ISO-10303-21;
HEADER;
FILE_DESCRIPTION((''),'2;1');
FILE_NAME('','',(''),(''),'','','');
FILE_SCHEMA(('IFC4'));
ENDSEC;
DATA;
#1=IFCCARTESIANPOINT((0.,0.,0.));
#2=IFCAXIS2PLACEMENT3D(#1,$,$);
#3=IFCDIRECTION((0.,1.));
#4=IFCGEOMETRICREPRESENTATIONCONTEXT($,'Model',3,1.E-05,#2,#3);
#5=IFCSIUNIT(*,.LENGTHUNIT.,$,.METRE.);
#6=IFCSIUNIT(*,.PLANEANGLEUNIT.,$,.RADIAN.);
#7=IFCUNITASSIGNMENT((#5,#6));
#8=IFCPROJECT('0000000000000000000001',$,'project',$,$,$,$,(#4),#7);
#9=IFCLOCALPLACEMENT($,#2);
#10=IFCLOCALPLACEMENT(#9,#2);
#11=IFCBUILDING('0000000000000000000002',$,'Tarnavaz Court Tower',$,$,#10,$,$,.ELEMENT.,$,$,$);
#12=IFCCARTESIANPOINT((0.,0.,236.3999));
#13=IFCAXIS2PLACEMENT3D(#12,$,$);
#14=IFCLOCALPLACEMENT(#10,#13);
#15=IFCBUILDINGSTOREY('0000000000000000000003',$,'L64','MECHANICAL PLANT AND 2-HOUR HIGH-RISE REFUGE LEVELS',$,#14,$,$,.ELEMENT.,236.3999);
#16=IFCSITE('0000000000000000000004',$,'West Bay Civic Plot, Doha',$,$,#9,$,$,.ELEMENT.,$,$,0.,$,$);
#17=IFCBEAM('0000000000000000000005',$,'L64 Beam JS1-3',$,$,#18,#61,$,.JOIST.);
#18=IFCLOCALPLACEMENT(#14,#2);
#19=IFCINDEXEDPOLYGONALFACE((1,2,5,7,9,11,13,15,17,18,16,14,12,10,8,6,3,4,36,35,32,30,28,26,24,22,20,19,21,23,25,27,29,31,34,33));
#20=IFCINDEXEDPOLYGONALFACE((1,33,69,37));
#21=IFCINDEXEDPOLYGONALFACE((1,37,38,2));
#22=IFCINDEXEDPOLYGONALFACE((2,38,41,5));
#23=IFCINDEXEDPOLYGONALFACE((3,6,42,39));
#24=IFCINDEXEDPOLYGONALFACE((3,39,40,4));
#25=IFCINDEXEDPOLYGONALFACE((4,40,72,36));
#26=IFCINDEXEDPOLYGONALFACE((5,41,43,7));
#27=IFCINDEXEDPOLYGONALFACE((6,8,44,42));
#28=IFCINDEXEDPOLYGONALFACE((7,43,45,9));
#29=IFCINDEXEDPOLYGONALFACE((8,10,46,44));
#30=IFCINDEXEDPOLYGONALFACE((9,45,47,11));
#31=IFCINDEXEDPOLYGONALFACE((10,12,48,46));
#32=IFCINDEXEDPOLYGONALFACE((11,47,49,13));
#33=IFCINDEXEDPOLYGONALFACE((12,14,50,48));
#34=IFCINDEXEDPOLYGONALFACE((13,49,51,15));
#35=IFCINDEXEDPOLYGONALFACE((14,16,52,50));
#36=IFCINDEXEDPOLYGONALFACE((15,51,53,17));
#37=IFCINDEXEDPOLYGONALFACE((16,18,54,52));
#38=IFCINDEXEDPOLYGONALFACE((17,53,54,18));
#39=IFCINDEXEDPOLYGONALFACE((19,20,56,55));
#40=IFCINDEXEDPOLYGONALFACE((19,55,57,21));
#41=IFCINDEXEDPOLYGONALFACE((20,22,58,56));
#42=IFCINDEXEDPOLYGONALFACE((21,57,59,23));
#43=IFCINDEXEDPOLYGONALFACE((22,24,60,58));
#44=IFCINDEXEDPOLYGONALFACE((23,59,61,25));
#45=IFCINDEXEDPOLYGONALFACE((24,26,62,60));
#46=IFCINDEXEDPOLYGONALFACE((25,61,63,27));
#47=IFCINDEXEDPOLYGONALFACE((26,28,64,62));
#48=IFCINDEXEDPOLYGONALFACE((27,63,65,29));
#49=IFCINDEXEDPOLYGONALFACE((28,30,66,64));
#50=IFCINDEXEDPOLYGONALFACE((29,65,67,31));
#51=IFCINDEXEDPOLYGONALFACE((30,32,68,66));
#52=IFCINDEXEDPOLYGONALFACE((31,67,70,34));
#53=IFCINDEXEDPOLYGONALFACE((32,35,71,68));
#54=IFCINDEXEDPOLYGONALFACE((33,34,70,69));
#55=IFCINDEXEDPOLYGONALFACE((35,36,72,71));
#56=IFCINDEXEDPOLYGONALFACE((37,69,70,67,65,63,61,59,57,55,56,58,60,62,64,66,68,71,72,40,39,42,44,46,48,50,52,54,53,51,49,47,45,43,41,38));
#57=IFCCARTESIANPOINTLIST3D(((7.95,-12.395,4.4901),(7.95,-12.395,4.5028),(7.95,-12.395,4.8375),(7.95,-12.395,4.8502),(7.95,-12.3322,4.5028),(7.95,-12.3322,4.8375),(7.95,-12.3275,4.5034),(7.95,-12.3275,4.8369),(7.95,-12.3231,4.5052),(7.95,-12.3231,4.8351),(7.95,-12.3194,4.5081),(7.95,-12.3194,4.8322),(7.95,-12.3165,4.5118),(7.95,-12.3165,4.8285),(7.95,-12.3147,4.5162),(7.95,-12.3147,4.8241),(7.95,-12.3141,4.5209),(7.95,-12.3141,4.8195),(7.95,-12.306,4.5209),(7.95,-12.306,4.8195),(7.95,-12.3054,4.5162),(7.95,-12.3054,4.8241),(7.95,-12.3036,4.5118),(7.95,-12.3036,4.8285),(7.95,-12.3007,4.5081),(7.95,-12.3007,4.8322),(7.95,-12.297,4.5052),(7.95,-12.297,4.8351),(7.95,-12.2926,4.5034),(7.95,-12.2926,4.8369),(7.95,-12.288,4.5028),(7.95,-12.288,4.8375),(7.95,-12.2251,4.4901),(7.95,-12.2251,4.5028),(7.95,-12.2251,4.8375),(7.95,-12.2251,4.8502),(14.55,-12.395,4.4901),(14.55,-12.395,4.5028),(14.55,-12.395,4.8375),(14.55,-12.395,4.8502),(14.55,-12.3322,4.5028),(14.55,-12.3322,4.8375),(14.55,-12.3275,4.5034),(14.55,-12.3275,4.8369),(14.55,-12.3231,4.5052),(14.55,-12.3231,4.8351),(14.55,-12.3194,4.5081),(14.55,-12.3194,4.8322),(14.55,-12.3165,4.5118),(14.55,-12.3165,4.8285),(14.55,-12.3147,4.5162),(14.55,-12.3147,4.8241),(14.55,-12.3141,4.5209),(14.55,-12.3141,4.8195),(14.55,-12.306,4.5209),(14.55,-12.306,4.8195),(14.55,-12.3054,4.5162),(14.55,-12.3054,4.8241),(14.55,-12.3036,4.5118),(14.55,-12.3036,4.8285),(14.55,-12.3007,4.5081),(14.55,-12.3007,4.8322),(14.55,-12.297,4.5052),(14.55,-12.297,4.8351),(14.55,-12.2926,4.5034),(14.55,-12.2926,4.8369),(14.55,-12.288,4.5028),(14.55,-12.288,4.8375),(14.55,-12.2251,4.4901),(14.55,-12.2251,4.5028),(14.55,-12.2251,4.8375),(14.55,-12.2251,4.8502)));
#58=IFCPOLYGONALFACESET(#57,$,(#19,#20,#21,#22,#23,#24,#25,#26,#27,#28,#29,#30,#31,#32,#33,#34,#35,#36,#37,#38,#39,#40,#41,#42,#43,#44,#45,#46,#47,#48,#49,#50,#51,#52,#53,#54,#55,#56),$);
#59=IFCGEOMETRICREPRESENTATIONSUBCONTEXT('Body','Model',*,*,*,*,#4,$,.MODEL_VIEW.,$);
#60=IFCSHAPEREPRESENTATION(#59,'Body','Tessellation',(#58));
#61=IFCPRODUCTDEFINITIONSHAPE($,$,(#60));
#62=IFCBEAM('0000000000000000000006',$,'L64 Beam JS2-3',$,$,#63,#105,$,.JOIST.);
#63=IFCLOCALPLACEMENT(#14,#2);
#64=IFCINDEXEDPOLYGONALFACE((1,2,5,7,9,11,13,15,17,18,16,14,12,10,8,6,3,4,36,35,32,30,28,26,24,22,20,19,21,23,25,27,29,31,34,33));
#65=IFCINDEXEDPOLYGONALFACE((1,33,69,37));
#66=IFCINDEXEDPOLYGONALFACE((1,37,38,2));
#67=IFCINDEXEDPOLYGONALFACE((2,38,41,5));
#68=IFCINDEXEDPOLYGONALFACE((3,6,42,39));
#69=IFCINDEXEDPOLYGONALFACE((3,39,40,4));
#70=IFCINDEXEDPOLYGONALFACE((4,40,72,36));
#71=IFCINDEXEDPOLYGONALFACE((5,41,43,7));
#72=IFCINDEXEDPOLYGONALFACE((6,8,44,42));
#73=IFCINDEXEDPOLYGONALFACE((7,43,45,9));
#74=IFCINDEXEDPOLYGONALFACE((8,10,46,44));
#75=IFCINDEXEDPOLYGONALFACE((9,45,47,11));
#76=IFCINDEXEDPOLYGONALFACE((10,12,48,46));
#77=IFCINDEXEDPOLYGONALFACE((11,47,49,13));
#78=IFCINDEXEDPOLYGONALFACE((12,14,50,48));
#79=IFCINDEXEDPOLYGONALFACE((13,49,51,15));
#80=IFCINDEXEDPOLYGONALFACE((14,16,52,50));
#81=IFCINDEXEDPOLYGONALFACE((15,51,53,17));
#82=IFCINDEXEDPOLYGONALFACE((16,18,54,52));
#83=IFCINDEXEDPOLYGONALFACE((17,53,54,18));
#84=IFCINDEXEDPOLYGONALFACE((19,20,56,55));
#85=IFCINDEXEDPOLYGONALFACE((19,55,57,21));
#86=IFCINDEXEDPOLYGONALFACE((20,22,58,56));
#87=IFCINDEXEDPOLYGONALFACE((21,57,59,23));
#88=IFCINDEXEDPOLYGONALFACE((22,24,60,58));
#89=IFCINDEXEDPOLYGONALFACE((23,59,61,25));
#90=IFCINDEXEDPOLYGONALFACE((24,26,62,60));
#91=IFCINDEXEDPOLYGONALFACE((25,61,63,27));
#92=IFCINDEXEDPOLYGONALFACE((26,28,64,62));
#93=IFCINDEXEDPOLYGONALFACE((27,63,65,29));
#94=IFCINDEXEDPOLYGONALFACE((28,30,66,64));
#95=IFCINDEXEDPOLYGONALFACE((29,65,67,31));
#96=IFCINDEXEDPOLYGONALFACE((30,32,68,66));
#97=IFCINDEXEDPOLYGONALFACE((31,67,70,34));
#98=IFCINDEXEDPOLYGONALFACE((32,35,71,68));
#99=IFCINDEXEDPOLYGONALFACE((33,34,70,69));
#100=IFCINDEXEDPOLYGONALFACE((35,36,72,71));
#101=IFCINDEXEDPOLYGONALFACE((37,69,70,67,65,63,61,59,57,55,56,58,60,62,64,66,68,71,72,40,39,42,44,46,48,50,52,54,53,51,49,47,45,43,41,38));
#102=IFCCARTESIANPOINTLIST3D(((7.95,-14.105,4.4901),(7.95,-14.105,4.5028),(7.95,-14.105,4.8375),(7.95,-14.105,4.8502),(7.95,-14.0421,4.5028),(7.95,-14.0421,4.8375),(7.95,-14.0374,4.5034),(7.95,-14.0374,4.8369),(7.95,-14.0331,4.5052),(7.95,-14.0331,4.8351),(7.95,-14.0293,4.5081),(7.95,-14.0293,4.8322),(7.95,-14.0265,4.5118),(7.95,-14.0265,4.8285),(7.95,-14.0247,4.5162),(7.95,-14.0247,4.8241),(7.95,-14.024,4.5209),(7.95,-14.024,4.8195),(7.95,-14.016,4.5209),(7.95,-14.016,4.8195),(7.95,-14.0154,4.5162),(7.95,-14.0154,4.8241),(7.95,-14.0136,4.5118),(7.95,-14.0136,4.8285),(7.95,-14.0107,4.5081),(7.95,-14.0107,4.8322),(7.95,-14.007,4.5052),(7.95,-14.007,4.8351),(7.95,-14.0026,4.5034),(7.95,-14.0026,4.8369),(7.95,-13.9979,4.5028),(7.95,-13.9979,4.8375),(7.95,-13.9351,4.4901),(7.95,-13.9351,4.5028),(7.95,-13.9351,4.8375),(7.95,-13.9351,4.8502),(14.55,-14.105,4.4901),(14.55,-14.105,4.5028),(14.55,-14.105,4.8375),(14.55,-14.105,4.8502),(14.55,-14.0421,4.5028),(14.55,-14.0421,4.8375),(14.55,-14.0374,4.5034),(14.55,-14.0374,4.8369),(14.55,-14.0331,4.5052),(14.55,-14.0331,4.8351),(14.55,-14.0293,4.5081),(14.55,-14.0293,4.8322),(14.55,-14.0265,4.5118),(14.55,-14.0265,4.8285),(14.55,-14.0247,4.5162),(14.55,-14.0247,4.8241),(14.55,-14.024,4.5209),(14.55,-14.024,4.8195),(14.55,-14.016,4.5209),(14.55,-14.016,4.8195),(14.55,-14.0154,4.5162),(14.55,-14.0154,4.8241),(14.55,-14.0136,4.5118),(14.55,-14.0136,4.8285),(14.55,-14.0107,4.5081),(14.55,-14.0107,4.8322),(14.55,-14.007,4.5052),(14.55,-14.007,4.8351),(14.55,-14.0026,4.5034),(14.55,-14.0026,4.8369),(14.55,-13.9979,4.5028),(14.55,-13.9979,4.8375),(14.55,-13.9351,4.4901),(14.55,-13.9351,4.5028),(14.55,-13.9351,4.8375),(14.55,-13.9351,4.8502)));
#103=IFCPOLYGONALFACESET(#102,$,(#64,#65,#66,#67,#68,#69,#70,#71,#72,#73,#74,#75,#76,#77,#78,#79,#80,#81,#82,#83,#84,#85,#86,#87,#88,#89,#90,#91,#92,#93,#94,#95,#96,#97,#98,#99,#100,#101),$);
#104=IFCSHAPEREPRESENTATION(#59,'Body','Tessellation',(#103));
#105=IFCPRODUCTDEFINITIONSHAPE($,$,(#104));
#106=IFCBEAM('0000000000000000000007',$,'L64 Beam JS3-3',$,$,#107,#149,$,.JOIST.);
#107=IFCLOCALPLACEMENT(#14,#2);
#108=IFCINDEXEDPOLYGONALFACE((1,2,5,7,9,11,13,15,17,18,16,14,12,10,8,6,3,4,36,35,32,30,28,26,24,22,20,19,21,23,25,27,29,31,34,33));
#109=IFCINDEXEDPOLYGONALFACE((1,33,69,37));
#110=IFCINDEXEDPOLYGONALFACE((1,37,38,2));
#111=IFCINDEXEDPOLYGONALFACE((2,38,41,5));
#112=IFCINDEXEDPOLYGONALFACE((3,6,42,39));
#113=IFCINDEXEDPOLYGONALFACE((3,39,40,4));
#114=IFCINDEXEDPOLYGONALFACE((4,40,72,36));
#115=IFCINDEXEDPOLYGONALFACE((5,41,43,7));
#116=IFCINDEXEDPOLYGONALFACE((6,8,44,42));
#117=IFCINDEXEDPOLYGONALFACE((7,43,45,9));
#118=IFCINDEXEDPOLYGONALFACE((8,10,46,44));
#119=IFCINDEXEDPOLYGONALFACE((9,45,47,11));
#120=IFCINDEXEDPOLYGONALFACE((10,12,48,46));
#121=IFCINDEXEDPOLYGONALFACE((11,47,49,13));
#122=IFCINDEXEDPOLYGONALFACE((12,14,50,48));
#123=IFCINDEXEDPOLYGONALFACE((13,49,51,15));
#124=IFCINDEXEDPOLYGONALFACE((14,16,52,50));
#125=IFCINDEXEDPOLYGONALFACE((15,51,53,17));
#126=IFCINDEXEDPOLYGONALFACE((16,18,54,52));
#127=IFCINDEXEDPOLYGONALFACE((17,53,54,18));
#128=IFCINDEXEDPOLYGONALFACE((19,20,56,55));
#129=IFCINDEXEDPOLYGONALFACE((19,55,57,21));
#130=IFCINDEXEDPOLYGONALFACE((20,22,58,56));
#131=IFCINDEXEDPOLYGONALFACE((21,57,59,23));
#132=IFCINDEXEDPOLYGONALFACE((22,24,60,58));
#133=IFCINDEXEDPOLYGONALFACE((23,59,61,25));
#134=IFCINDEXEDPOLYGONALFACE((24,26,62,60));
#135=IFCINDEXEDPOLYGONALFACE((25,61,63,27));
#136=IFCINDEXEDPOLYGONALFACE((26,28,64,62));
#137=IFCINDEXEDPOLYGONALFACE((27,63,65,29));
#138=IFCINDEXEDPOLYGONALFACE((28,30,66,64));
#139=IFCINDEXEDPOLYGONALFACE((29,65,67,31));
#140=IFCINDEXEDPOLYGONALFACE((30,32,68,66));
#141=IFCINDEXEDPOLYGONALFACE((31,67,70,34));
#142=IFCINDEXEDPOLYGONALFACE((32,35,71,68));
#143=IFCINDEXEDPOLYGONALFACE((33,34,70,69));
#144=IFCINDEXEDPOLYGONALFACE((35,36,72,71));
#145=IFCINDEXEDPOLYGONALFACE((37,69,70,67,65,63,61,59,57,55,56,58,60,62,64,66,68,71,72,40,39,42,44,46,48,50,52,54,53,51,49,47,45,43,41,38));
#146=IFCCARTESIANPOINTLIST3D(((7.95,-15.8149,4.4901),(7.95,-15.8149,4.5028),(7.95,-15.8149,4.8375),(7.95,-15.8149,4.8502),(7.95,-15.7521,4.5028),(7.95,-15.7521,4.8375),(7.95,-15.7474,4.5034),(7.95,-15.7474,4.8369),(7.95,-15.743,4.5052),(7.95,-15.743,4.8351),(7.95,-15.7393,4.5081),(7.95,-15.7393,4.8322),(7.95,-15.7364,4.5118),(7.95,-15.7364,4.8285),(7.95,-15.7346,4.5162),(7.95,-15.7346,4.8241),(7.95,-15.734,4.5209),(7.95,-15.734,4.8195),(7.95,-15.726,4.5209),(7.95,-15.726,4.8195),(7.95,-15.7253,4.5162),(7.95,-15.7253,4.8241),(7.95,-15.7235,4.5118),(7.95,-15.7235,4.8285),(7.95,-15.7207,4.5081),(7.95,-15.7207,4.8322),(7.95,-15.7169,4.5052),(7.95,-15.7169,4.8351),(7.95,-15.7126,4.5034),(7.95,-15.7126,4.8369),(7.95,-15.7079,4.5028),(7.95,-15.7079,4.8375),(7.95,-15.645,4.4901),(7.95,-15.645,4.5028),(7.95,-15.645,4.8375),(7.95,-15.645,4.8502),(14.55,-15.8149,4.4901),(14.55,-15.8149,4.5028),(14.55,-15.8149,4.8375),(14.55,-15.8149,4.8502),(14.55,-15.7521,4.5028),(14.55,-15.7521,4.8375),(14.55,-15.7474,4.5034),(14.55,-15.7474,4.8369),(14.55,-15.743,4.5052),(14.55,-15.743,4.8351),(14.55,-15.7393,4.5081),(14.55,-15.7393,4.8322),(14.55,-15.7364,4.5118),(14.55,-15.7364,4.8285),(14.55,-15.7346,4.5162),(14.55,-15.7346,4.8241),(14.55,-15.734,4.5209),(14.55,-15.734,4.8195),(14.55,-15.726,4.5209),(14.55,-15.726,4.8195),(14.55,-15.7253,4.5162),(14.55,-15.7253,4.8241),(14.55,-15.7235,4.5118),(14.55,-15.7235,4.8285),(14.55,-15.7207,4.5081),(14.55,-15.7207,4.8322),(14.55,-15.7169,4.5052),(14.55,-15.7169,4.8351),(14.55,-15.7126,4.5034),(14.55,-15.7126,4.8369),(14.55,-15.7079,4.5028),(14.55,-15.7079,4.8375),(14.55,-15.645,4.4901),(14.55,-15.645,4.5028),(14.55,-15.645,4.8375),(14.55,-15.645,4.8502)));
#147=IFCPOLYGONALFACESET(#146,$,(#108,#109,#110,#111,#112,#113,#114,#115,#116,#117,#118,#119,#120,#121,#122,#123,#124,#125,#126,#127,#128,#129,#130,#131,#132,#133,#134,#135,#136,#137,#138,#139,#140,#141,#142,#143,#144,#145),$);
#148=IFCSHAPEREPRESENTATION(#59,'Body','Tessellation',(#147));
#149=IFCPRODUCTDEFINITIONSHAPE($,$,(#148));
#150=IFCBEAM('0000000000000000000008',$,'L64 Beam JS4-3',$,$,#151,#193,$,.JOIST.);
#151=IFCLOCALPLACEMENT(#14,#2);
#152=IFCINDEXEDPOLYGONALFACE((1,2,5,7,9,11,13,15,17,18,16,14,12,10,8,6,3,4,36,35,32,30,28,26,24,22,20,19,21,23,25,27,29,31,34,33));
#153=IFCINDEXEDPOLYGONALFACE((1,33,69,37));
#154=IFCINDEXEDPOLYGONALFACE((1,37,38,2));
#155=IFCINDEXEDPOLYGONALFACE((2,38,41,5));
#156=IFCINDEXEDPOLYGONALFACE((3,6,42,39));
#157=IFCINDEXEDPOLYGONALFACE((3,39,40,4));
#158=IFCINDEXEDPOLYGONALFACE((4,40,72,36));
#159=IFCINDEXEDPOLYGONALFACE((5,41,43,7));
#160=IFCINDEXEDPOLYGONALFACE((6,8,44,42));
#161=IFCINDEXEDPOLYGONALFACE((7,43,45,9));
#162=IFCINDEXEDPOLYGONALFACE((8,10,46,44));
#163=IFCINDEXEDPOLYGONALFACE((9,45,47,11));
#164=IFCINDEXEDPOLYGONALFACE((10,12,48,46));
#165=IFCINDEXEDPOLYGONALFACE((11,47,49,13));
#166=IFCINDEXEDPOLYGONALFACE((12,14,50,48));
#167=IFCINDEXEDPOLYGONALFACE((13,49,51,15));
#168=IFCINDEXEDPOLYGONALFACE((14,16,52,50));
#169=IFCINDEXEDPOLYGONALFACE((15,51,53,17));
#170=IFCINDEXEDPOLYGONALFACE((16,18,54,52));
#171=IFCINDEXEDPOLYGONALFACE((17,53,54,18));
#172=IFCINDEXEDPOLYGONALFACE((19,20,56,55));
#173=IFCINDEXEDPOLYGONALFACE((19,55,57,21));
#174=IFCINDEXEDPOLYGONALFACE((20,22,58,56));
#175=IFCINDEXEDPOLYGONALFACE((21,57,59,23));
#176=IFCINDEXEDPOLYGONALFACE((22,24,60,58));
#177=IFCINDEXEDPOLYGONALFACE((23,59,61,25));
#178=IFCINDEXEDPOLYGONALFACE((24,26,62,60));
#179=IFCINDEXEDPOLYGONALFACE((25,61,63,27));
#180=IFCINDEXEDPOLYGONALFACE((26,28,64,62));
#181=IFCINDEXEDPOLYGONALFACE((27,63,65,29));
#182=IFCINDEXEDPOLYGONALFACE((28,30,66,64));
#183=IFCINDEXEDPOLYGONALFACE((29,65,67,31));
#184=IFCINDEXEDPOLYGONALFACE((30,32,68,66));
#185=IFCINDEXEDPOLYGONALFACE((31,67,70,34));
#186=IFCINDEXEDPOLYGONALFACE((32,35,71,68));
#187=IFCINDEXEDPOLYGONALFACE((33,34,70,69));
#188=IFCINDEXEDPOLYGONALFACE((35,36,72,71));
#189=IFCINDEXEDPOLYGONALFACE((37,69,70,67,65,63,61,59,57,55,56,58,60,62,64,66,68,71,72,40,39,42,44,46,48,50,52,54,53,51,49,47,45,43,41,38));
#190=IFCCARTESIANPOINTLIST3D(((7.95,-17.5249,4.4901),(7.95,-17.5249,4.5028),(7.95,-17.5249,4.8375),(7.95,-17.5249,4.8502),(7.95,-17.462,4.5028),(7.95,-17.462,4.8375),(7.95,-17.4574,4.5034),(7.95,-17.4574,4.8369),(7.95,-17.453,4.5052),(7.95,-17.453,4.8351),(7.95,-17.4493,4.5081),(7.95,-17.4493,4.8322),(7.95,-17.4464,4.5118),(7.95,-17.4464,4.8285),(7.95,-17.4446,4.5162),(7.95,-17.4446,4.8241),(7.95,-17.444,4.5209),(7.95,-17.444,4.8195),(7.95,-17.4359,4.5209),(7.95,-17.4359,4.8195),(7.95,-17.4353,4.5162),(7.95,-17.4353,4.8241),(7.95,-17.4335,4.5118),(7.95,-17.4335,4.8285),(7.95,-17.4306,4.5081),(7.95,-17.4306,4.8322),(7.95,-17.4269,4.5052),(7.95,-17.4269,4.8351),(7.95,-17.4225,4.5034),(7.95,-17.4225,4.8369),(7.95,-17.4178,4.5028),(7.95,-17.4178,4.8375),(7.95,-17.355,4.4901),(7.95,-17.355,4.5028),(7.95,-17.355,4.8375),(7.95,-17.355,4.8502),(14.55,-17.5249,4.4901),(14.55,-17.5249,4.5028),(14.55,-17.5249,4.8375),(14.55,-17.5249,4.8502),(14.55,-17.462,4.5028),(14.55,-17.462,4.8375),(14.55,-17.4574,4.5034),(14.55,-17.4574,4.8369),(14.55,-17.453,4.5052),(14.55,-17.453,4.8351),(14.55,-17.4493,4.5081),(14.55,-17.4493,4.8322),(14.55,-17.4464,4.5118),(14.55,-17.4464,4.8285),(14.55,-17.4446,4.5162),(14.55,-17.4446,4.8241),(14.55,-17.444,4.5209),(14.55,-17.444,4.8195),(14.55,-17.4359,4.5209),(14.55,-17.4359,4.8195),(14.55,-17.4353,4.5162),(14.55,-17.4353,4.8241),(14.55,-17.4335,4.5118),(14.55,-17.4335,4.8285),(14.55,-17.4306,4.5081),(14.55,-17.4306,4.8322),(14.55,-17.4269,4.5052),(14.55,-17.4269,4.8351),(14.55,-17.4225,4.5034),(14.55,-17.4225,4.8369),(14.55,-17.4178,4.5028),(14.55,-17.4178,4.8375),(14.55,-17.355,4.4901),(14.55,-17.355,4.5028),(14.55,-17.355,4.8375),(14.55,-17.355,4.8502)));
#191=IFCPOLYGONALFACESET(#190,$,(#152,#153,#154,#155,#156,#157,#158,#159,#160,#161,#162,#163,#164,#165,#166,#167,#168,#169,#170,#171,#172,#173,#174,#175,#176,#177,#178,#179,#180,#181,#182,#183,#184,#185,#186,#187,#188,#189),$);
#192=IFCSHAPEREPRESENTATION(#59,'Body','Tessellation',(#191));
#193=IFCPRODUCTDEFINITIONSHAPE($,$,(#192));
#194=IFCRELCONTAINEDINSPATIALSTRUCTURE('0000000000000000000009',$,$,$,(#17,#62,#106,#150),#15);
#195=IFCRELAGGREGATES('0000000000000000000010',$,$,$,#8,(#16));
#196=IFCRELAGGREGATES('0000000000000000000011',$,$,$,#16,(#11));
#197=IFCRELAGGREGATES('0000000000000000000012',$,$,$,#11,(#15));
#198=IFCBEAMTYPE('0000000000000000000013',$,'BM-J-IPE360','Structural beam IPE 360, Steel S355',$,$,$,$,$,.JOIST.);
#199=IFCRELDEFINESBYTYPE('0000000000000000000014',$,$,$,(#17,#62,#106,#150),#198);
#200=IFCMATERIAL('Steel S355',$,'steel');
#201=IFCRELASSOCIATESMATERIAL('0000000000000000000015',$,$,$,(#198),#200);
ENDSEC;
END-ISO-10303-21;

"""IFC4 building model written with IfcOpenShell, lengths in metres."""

from ifc_helpers import new_model, si_unit, direction, frame, origin, origin_2d, place, context, subcontext, project, spatial, i_section, extrude, material, material_profile, profile_set, type_object, element, save


model = new_model("IFC4")

# Units and contexts
model_context = context("Model", 3, precision=1e-05, world=origin(), true_north=direction((0.0, 1.0)))
body_context = subcontext(model_context, "Body", "Model", "MODEL_VIEW")
ifc_project = project(units=[si_unit("LENGTHUNIT", "METRE"), si_unit("PLANEANGLEUNIT", "RADIAN")], contexts=[model_context])

# Site, building, storey
site_placement = place(None, origin())
site = spatial("IfcSite", under=ifc_project, at=site_placement, Name="West Bay Civic Plot, Doha", CompositionType="ELEMENT", RefElevation=0.0)
building_placement = place(site_placement, origin())
building = spatial("IfcBuilding", under=site, at=building_placement, Name="Tarnavaz Court Tower", CompositionType="ELEMENT")
storey_placement = place(building_placement, frame((0.0, 0.0, 236.3999)))
storey = spatial("IfcBuildingStorey", under=building, at=storey_placement, Name="L64", Description="MECHANICAL PLANT AND 2-HOUR HIGH-RISE REFUGE LEVELS", CompositionType="ELEMENT", Elevation=236.3999)

# Beams
ifc_material_1 = material(Name="Steel S355", Category="steel")
ifc_material_profile_1 = material_profile(ifc_material_1, i_section(OverallWidth=0.1699, OverallDepth=0.3601, WebThickness=0.0081, FlangeThickness=0.0127, FilletRadius=0.0181, at=origin_2d()), Name="IPE 360")
ifc_profile_set_1 = profile_set([ifc_material_profile_1], Name="Steel S355")
beam_type_1 = type_object("IfcBeamType", Name="BM-J-IPE360", Description="Structural beam IPE 360, Steel S355", PredefinedType="JOIST", material=ifc_profile_set_1)
for number, where, z_axis, x_axis, name in (
    (1, (7.95, -12.3101, 4.6702), (1.0, 0.0, 0.0), (0.0, 1.0, 0.0), "L64 Beam JS1-3"),
    (2, (7.95, -14.02, 4.6702), (1.0, 0.0, 0.0), (0.0, 1.0, 0.0), "L64 Beam JS2-3"),
    (3, (7.95, -15.73, 4.6702), (1.0, 0.0, 0.0), (0.0, 1.0, 0.0), "L64 Beam JS3-3"),
    (4, (7.95, -17.4399, 4.6702), (1.0, 0.0, 0.0), (0.0, 1.0, 0.0), "L64 Beam JS4-3"),
):
    element("IfcBeam", number, at=place(storey_placement, frame(where, z_axis=z_axis, x_axis=x_axis)), inside=storey, type_object=beam_type_1, Name=name, PredefinedType="JOIST", context=body_context, shape_type="SweptSolid", body=[
        extrude(i_section(OverallWidth=0.1699, OverallDepth=0.3601, WebThickness=0.0081, FlangeThickness=0.0127, FilletRadius=0.0181, at=origin_2d()), origin(), (0.0, 0.0, 1.0), 6.6001),
    ])

save(model, "model.ifc")
